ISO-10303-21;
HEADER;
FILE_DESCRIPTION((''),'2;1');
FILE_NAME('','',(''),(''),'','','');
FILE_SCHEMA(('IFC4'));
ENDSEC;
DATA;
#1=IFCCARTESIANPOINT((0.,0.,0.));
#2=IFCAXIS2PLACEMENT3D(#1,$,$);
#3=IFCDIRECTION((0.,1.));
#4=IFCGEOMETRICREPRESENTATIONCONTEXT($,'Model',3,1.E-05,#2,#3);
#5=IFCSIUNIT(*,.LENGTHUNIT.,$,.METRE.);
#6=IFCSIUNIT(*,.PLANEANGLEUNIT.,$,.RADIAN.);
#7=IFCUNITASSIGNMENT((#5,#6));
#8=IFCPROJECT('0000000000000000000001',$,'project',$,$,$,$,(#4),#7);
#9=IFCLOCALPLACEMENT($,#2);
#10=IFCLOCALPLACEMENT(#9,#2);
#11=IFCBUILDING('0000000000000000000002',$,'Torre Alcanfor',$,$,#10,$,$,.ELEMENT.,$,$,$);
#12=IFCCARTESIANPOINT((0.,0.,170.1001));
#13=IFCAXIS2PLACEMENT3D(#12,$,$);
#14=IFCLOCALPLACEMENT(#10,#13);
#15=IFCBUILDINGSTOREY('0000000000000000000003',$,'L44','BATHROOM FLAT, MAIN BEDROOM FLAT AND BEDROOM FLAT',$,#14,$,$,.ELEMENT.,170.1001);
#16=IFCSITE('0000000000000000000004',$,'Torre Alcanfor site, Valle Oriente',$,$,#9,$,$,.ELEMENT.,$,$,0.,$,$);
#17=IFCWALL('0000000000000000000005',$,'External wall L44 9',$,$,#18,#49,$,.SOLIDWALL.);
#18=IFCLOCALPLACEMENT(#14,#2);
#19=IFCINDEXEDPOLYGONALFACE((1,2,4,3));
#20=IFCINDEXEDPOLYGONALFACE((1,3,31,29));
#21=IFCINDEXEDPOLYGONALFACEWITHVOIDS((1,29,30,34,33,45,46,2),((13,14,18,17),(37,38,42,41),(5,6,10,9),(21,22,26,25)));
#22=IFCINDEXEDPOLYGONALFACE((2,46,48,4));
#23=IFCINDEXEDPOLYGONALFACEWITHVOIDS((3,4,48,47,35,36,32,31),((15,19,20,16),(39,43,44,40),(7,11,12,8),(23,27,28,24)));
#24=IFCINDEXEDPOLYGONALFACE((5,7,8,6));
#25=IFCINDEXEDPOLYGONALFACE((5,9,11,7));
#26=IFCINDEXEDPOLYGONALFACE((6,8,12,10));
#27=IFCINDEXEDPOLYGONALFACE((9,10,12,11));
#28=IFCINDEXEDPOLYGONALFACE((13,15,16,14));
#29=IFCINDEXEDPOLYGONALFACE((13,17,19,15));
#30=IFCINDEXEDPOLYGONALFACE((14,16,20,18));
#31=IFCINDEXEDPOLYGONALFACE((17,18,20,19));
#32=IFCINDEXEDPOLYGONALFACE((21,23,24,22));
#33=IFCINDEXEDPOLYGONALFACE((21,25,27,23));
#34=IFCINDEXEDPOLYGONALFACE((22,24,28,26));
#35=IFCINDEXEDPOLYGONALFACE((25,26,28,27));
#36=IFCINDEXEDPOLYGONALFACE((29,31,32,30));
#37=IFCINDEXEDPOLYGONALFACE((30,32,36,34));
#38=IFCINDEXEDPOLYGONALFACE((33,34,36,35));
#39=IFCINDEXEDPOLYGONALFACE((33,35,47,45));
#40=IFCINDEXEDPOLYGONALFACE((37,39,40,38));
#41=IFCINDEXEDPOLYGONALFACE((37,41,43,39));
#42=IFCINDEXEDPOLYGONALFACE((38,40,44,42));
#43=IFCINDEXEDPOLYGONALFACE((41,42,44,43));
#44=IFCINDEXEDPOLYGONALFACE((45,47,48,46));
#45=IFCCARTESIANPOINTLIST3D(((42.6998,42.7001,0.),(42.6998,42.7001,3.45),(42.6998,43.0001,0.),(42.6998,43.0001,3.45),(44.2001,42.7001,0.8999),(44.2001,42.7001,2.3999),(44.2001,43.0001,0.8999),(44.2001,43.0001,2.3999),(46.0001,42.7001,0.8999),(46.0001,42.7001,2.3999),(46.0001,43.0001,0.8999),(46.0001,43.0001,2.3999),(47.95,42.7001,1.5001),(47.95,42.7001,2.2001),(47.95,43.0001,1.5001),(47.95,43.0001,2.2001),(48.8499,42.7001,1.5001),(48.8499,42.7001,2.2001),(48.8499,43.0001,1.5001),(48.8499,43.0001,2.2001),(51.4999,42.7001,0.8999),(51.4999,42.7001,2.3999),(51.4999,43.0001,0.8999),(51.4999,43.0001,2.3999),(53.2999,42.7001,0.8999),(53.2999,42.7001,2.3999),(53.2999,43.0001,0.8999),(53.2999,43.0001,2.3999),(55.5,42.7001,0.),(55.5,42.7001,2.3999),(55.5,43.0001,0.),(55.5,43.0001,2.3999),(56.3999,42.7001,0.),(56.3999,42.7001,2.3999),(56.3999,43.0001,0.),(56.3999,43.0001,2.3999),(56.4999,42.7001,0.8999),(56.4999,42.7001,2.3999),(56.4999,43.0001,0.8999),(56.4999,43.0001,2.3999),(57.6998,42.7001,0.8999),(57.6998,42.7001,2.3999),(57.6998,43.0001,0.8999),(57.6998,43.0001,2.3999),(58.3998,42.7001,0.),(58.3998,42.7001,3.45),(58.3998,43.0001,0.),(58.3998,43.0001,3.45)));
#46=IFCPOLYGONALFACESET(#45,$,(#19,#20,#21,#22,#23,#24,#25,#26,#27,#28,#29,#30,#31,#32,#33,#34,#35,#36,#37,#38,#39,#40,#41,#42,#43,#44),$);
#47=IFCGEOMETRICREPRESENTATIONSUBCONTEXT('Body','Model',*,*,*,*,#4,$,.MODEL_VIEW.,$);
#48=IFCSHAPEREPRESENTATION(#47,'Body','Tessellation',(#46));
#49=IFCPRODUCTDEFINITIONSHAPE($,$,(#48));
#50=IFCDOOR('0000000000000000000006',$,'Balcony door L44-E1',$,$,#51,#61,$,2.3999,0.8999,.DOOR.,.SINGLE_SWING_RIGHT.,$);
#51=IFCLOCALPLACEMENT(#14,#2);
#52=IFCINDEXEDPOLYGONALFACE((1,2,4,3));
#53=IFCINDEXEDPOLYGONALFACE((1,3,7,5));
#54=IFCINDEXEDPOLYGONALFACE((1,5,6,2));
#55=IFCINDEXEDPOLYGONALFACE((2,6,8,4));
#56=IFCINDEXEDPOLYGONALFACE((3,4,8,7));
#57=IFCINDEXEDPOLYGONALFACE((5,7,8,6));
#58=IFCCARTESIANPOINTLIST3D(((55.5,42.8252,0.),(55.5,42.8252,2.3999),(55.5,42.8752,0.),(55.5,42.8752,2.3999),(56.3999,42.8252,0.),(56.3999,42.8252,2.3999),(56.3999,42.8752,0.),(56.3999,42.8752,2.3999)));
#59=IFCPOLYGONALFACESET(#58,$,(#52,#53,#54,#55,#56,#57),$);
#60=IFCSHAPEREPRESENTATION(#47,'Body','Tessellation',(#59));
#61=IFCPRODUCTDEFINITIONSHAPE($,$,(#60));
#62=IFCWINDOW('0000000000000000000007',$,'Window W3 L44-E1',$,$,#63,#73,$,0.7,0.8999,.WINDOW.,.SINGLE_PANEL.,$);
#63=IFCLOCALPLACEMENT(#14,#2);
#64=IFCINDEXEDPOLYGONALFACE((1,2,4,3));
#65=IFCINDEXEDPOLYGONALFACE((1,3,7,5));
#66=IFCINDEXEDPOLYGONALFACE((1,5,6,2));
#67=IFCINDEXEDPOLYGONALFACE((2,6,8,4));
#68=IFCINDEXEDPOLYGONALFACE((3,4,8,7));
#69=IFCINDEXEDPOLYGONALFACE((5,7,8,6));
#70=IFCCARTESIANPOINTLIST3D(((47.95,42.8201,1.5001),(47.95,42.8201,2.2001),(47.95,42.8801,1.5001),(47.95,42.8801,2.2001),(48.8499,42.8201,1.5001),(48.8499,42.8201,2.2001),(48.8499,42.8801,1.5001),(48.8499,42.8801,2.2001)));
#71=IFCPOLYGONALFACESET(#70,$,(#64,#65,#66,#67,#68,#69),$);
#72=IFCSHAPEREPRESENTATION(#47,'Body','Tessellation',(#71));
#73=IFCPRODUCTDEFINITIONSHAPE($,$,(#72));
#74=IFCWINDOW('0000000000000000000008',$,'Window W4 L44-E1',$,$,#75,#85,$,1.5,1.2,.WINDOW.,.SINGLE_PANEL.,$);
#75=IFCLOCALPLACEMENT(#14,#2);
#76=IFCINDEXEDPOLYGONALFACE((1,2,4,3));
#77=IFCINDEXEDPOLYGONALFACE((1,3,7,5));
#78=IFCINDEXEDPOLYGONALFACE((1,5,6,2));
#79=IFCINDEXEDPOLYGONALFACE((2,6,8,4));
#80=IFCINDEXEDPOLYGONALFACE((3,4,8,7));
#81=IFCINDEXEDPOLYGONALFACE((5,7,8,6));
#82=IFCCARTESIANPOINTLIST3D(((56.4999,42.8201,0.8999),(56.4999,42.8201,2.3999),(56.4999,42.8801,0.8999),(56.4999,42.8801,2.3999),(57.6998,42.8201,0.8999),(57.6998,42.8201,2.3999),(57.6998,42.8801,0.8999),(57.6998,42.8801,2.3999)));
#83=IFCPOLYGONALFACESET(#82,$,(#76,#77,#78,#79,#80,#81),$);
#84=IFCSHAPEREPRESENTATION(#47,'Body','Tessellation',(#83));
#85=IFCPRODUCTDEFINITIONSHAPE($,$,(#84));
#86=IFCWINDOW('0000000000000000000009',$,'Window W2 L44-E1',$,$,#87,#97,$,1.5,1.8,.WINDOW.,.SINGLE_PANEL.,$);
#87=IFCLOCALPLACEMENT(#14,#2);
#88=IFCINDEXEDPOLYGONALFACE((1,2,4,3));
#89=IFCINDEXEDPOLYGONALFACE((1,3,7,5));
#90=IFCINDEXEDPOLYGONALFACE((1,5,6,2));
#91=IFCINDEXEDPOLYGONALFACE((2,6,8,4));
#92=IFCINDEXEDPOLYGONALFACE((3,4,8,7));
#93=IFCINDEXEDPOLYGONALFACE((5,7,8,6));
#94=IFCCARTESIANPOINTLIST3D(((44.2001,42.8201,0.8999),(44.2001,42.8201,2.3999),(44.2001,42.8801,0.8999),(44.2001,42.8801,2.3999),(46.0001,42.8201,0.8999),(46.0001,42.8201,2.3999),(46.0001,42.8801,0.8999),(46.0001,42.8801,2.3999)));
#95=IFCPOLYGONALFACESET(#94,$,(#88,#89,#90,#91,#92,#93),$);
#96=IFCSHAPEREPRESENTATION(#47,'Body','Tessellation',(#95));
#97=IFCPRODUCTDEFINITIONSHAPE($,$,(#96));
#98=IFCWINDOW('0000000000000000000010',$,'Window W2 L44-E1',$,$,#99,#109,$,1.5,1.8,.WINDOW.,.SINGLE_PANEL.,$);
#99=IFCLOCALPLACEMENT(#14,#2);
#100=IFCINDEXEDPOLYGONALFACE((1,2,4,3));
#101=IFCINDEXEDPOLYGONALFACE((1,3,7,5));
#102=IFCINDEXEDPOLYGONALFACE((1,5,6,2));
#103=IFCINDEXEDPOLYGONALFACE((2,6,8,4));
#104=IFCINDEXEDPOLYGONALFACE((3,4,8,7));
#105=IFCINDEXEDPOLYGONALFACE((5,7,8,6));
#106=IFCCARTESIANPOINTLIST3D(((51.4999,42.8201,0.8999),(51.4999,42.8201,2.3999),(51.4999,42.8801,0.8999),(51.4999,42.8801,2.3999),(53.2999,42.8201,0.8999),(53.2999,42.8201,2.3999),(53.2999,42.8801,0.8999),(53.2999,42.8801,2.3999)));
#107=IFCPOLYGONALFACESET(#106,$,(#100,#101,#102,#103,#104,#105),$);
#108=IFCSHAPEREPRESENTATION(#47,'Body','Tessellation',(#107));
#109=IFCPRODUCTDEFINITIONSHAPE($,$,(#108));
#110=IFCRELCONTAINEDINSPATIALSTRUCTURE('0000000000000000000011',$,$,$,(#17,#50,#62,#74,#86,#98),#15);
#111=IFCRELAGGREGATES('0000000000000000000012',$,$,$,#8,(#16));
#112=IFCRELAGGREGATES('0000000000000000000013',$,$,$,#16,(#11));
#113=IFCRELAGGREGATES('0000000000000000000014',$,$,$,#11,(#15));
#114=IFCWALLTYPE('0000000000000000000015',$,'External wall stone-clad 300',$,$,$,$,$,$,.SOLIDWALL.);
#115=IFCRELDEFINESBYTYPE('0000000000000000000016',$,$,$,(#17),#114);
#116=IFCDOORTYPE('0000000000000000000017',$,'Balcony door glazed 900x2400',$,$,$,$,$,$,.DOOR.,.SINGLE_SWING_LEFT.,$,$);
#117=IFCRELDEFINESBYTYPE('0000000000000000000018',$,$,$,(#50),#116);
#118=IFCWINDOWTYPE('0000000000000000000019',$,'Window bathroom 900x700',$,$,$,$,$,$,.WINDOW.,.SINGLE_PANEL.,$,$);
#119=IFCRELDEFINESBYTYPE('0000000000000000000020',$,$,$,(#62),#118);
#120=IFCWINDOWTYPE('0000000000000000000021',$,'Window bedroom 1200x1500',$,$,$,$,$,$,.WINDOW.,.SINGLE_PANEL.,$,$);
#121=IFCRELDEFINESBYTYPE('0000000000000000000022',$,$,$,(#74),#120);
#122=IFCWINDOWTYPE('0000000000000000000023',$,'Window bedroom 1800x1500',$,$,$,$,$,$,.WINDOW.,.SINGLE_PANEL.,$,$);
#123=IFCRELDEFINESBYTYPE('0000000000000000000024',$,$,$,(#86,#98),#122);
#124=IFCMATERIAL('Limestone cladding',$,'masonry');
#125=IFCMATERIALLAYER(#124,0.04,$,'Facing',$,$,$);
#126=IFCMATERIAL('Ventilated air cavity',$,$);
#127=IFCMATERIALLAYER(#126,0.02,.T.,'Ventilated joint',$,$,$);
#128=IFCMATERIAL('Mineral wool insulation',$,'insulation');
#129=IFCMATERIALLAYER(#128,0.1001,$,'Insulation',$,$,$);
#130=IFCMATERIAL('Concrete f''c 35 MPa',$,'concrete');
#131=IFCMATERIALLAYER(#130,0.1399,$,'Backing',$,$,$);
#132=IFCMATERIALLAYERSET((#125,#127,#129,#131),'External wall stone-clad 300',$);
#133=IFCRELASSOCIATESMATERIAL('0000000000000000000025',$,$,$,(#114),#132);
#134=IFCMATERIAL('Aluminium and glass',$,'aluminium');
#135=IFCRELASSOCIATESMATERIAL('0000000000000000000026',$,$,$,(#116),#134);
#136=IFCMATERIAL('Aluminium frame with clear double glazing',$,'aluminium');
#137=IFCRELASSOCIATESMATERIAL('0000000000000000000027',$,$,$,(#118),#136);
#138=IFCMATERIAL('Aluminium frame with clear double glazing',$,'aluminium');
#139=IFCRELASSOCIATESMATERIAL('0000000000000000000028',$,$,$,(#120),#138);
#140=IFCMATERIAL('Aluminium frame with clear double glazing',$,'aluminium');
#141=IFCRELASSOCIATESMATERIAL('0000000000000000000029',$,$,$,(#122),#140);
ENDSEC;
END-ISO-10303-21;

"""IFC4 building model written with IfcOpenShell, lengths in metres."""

from ifc_helpers import new_model, si_unit, direction, frame, frame_2d, origin, place, context, subcontext, project, spatial, rectangle, extrude, material, layer, layer_set, type_object, element, fill, save


model = new_model("IFC4")

# Units and contexts
model_context = context("Model", 3, precision=1e-05, world=origin(), true_north=direction((0.0, 1.0)))
body_context = subcontext(model_context, "Body", "Model", "MODEL_VIEW")
ifc_project = project(units=[si_unit("LENGTHUNIT", "METRE"), si_unit("PLANEANGLEUNIT", "RADIAN")], contexts=[model_context])

# Site, building, storey
site_placement = place(None, origin())
site = spatial("IfcSite", under=ifc_project, at=site_placement, Name="Torre Alcanfor site, Valle Oriente", CompositionType="ELEMENT", RefElevation=0.0)
building_placement = place(site_placement, origin())
building = spatial("IfcBuilding", under=site, at=building_placement, Name="Torre Alcanfor", CompositionType="ELEMENT")
storey_placement = place(building_placement, frame((0.0, 0.0, 170.1001)))
storey = spatial("IfcBuildingStorey", under=building, at=storey_placement, Name="L44", Description="BATHROOM FLAT, MAIN BEDROOM FLAT AND BEDROOM FLAT", CompositionType="ELEMENT", Elevation=170.1001)

# Wall, openings, door, windows
ifc_material_1 = material(Name="Limestone cladding", Category="masonry")
ifc_layer_1 = layer(ifc_material_1, 0.04, Name="Facing")
ifc_material_2 = material(Name="Ventilated air cavity")
ifc_layer_2 = layer(ifc_material_2, 0.02, ventilated=True, Name="Ventilated joint")
ifc_material_3 = material(Name="Mineral wool insulation", Category="insulation")
ifc_layer_3 = layer(ifc_material_3, 0.1001, Name="Insulation")
ifc_material_4 = material(Name="Concrete f'c 35 MPa", Category="concrete")
ifc_layer_4 = layer(ifc_material_4, 0.1399, Name="Backing")
ifc_layer_set_1 = layer_set([ifc_layer_1, ifc_layer_2, ifc_layer_3, ifc_layer_4], Name="External wall stone-clad 300")
wall_type_1 = type_object("IfcWallType", Name="External wall stone-clad 300", PredefinedType="SOLIDWALL", material=ifc_layer_set_1)
wall_1_placement = place(storey_placement, frame((58.3999, 42.8501, 0.0), z_axis=(0.0, 0.0, 1.0), x_axis=(-1.0, 0.0, 0.0)))
wall_1 = element("IfcWall", 1, at=wall_1_placement, inside=storey, type_object=wall_type_1, Name="External wall L44 9", PredefinedType="SOLIDWALL", context=body_context, shape_type="SweptSolid", body=[
    extrude(rectangle(XDim=15.7, YDim=0.3, at=frame_2d((7.8501, 0.0))), origin(), (0.0, 0.0, 1.0), 3.45),
])
opening_1_placement = place(wall_1_placement, frame((12.3999, 0.0, 0.8999)))
opening_1 = element("IfcOpeningElement", 2, at=opening_1_placement, cuts=wall_1, PredefinedType="OPENING", context=body_context, shape_type="SweptSolid", body=[
    extrude(rectangle(XDim=1.8, YDim=1.5, at=frame_2d((0.8999, 0.75))), frame((0.0, 0.1599, 0.0), z_axis=(0.0, -1.0, 0.0), x_axis=(1.0, 0.0, 0.0)), (0.0, 0.0, 1.0), 0.3201),
])
opening_2_placement = place(wall_1_placement, frame((9.55, 0.0, 1.5)))
opening_2 = element("IfcOpeningElement", 3, at=opening_2_placement, cuts=wall_1, PredefinedType="OPENING", context=body_context, shape_type="SweptSolid", body=[
    extrude(rectangle(XDim=0.8999, YDim=0.7, at=frame_2d((0.45, 0.3501))), frame((0.0, 0.1599, 0.0), z_axis=(0.0, -1.0, 0.0), x_axis=(1.0, 0.0, 0.0)), (0.0, 0.0, 1.0), 0.3201),
])
opening_3_placement = place(wall_1_placement, frame((5.1001, 0.0, 0.8999)))
opening_3 = element("IfcOpeningElement", 4, at=opening_3_placement, cuts=wall_1, PredefinedType="OPENING", context=body_context, shape_type="SweptSolid", body=[
    extrude(rectangle(XDim=1.8, YDim=1.5, at=frame_2d((0.8999, 0.75))), frame((0.0, 0.1599, 0.0), z_axis=(0.0, -1.0, 0.0), x_axis=(1.0, 0.0, 0.0)), (0.0, 0.0, 1.0), 0.3201),
])
opening_4_placement = place(wall_1_placement, frame((2.0, 0.0, 0.0)))
opening_4 = element("IfcOpeningElement", 5, at=opening_4_placement, cuts=wall_1, PredefinedType="OPENING", context=body_context, shape_type="SweptSolid", body=[
    extrude(rectangle(XDim=0.8999, YDim=2.3999, at=frame_2d((0.45, 1.2))), frame((0.0, 0.1599, 0.0), z_axis=(0.0, -1.0, 0.0), x_axis=(1.0, 0.0, 0.0)), (0.0, 0.0, 1.0), 0.3201),
])
opening_5_placement = place(wall_1_placement, frame((0.7, 0.0, 0.8999)))
opening_5 = element("IfcOpeningElement", 6, at=opening_5_placement, cuts=wall_1, PredefinedType="OPENING", context=body_context, shape_type="SweptSolid", body=[
    extrude(rectangle(XDim=1.2, YDim=1.5, at=frame_2d((0.6001, 0.75))), frame((0.0, 0.1599, 0.0), z_axis=(0.0, -1.0, 0.0), x_axis=(1.0, 0.0, 0.0)), (0.0, 0.0, 1.0), 0.3201),
])
ifc_material_5 = material(Name="Aluminium and glass", Category="aluminium")
door_type_1 = type_object("IfcDoorType", Name="Balcony door glazed 900x2400", OperationType="SINGLE_SWING_LEFT", PredefinedType="DOOR", material=ifc_material_5)
door_1_placement = place(opening_4_placement, origin())
door_1 = element("IfcDoor", 7, at=door_1_placement, inside=storey, type_object=door_type_1, Name="Balcony door L44-E1", OperationType="SINGLE_SWING_RIGHT", OverallHeight=2.3999, OverallWidth=0.8999, PredefinedType="DOOR", context=body_context, shape_type="SweptSolid", body=[
    extrude(rectangle(XDim=0.8999, YDim=2.3999, at=frame_2d((0.45, 1.2))), frame((0.0, 0.0249, 0.0), z_axis=(0.0, -1.0, 0.0), x_axis=(1.0, 0.0, 0.0)), (0.0, 0.0, 1.0), 0.05),
])
fill(opening_4, door_1)
ifc_material_6 = material(Name="Aluminium frame with clear double glazing", Category="aluminium")
window_type_1 = type_object("IfcWindowType", Name="Window bathroom 900x700", PartitioningType="SINGLE_PANEL", PredefinedType="WINDOW", material=ifc_material_6)
window_1_placement = place(opening_2_placement, origin())
window_1 = element("IfcWindow", 8, at=window_1_placement, inside=storey, type_object=window_type_1, Name="Window W3 L44-E1", OverallHeight=0.7, OverallWidth=0.8999, PartitioningType="SINGLE_PANEL", PredefinedType="WINDOW", context=body_context, shape_type="SweptSolid", body=[
    extrude(rectangle(XDim=0.8999, YDim=0.7, at=frame_2d((0.45, 0.3501))), frame((0.0, 0.03, 0.0), z_axis=(0.0, -1.0, 0.0), x_axis=(1.0, 0.0, 0.0)), (0.0, 0.0, 1.0), 0.0601),
])
fill(opening_2, window_1)
ifc_material_7 = material(Name="Aluminium frame with clear double glazing", Category="aluminium")
window_type_2 = type_object("IfcWindowType", Name="Window bedroom 1200x1500", PartitioningType="SINGLE_PANEL", PredefinedType="WINDOW", material=ifc_material_7)
window_2_placement = place(opening_5_placement, origin())
window_2 = element("IfcWindow", 9, at=window_2_placement, inside=storey, type_object=window_type_2, Name="Window W4 L44-E1", OverallHeight=1.5, OverallWidth=1.2, PartitioningType="SINGLE_PANEL", PredefinedType="WINDOW", context=body_context, shape_type="SweptSolid", body=[
    extrude(rectangle(XDim=1.2, YDim=1.5, at=frame_2d((0.6001, 0.75))), frame((0.0, 0.03, 0.0), z_axis=(0.0, -1.0, 0.0), x_axis=(1.0, 0.0, 0.0)), (0.0, 0.0, 1.0), 0.0601),
])
fill(opening_5, window_2)
ifc_material_8 = material(Name="Aluminium frame with clear double glazing", Category="aluminium")
window_type_3 = type_object("IfcWindowType", Name="Window bedroom 1800x1500", PartitioningType="SINGLE_PANEL", PredefinedType="WINDOW", material=ifc_material_8)
window_3_placement = place(opening_1_placement, origin())
window_3 = element("IfcWindow", 10, at=window_3_placement, inside=storey, type_object=window_type_3, Name="Window W2 L44-E1", OverallHeight=1.5, OverallWidth=1.8, PartitioningType="SINGLE_PANEL", PredefinedType="WINDOW", context=body_context, shape_type="SweptSolid", body=[
    extrude(rectangle(XDim=1.8, YDim=1.5, at=frame_2d((0.8999, 0.75))), frame((0.0, 0.03, 0.0), z_axis=(0.0, -1.0, 0.0), x_axis=(1.0, 0.0, 0.0)), (0.0, 0.0, 1.0), 0.0601),
])
fill(opening_1, window_3)
window_4_placement = place(opening_3_placement, origin())
window_4 = element("IfcWindow", 11, at=window_4_placement, inside=storey, type_object=window_type_3, Name="Window W2 L44-E1", OverallHeight=1.5, OverallWidth=1.8, PartitioningType="SINGLE_PANEL", PredefinedType="WINDOW", context=body_context, shape_type="SweptSolid", body=[
    extrude(rectangle(XDim=1.8, YDim=1.5, at=frame_2d((0.8999, 0.75))), frame((0.0, 0.03, 0.0), z_axis=(0.0, -1.0, 0.0), x_axis=(1.0, 0.0, 0.0)), (0.0, 0.0, 1.0), 0.0601),
])
fill(opening_3, window_4)

save(model, "model.ifc")
